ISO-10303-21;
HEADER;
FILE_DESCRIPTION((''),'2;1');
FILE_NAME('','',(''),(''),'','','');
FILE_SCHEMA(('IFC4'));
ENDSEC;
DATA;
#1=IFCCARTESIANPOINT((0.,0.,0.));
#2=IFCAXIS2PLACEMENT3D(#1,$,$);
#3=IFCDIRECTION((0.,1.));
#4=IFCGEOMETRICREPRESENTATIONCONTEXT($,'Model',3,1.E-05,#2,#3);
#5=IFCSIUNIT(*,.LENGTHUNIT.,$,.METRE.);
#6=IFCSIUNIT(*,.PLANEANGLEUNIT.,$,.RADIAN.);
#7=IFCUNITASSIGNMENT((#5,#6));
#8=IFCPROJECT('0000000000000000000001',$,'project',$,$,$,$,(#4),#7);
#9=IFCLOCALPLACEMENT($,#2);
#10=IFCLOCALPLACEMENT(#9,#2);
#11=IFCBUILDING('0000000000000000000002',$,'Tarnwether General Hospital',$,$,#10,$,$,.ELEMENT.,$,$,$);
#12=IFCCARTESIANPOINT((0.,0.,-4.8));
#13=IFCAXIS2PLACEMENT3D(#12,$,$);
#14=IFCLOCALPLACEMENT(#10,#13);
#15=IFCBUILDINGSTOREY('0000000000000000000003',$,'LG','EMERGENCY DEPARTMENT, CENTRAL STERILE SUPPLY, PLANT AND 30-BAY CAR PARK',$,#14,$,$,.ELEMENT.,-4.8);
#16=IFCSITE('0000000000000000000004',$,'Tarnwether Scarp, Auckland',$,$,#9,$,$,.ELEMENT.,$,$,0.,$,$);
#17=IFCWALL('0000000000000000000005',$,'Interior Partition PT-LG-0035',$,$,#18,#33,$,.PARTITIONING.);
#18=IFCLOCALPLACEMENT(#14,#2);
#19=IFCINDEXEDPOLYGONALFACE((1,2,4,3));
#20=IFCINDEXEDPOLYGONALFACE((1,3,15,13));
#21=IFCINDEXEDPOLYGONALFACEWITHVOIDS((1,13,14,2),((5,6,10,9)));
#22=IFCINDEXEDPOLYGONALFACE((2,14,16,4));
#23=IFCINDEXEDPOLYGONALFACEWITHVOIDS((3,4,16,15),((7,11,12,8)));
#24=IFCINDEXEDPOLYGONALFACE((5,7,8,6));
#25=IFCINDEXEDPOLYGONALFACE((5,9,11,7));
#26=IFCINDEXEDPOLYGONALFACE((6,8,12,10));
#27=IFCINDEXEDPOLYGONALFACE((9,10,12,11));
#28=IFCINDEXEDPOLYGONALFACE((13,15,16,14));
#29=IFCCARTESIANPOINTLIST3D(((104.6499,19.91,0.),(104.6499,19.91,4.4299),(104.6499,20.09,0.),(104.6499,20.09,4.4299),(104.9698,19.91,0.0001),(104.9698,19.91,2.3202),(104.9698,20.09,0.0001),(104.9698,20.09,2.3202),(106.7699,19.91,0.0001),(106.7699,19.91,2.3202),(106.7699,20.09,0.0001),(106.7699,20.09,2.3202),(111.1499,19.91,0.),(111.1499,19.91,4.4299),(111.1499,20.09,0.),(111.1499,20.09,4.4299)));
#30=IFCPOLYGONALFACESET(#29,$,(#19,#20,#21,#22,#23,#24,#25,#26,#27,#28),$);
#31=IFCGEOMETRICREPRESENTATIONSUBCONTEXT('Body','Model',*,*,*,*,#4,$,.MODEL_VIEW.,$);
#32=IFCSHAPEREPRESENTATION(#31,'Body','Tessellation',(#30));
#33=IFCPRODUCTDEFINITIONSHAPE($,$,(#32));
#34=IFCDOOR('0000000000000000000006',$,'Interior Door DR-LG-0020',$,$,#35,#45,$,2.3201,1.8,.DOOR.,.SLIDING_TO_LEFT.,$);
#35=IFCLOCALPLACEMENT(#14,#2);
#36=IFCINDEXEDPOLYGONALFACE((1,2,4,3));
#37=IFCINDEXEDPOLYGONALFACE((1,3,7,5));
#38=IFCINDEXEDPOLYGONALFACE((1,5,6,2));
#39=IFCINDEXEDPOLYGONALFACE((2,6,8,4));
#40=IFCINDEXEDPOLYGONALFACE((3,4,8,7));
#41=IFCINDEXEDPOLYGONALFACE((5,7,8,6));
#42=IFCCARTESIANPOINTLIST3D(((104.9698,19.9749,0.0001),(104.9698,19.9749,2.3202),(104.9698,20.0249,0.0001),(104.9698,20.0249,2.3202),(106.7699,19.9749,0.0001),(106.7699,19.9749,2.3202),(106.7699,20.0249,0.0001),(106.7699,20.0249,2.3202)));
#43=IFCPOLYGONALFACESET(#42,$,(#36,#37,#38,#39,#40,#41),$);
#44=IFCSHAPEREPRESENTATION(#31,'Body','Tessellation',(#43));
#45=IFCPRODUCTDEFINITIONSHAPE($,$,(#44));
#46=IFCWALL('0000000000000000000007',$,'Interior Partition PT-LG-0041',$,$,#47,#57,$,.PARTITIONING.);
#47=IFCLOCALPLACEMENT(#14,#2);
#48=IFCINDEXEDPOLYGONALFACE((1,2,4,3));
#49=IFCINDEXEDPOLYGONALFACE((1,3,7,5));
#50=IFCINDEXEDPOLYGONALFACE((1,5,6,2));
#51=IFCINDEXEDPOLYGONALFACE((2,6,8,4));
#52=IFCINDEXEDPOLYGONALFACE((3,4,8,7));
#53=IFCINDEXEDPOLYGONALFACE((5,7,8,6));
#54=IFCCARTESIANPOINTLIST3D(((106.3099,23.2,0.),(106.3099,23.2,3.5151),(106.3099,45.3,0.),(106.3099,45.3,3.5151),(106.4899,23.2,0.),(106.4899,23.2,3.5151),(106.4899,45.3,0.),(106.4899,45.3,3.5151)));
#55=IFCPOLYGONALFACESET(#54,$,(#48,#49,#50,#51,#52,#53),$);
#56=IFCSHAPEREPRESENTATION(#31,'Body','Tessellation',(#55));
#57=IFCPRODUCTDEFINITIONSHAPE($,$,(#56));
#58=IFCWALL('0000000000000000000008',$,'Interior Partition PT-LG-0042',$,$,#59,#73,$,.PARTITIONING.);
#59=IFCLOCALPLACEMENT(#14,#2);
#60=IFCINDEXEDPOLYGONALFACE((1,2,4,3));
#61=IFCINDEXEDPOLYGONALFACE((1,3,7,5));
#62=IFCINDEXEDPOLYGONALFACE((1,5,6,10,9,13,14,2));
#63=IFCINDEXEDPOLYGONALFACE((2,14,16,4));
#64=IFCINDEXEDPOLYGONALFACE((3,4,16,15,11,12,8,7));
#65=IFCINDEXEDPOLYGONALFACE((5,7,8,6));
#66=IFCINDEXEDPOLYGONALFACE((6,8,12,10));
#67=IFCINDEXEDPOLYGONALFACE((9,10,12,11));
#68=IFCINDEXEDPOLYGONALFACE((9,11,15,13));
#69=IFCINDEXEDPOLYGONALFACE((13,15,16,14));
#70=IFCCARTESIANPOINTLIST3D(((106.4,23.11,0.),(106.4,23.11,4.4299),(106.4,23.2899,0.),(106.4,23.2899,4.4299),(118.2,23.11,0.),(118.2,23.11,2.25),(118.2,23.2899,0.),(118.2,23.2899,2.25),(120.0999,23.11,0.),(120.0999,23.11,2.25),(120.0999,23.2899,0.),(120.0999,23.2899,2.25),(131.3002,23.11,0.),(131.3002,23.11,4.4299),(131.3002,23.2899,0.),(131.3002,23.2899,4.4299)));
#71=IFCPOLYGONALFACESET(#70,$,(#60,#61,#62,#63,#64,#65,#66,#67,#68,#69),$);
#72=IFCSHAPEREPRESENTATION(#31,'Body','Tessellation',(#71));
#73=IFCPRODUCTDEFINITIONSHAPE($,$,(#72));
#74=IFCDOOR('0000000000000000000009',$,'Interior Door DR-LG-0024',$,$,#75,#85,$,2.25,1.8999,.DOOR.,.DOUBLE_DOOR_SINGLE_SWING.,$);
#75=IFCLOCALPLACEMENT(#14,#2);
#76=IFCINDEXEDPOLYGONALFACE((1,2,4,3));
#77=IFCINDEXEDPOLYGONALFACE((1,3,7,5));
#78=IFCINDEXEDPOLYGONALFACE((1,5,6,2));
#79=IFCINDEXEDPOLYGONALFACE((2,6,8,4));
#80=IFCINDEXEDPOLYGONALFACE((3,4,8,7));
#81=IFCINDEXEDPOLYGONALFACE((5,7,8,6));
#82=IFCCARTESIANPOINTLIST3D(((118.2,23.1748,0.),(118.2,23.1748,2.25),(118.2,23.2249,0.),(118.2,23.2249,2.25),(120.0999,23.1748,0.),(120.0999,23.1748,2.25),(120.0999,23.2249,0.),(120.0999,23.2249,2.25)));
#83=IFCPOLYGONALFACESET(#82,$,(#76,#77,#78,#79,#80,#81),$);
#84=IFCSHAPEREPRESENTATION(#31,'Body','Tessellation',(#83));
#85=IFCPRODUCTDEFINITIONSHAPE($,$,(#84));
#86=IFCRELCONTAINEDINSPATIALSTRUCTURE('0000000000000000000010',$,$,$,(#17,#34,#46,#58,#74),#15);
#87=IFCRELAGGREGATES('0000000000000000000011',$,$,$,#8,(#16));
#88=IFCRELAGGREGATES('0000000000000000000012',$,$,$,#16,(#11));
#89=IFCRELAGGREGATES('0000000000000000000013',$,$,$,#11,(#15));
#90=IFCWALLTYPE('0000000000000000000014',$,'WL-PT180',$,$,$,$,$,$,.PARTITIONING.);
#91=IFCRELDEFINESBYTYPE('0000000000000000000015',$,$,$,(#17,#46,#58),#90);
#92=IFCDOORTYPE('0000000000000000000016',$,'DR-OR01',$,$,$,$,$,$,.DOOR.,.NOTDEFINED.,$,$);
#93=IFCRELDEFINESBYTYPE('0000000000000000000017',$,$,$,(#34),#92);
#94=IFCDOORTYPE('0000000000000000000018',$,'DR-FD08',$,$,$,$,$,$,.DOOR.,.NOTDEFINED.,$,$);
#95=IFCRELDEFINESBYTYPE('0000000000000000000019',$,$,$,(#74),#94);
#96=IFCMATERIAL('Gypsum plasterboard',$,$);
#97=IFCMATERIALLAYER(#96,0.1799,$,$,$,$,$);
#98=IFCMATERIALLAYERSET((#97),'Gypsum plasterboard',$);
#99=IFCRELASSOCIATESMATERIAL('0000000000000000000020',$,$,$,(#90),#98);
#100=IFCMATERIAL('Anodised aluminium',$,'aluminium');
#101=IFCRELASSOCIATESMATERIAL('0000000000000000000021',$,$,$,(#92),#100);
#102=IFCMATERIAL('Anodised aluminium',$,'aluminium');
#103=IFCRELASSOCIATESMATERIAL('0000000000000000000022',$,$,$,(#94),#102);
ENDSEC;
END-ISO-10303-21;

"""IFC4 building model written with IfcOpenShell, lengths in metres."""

from ifc_helpers import new_model, si_unit, direction, frame, frame_2d, origin, place, context, subcontext, project, spatial, rectangle, extrude, material, layer, layer_set, type_object, element, fill, save


model = new_model("IFC4")

# Units and contexts
model_context = context("Model", 3, precision=1e-05, world=origin(), true_north=direction((0.0, 1.0)))
body_context = subcontext(model_context, "Body", "Model", "MODEL_VIEW")
ifc_project = project(units=[si_unit("LENGTHUNIT", "METRE"), si_unit("PLANEANGLEUNIT", "RADIAN")], contexts=[model_context])

# Site, building, storey
site_placement = place(None, origin())
site = spatial("IfcSite", under=ifc_project, at=site_placement, Name="Tarnwether Scarp, Auckland", CompositionType="ELEMENT", RefElevation=0.0)
building_placement = place(site_placement, origin())
building = spatial("IfcBuilding", under=site, at=building_placement, Name="Tarnwether General Hospital", CompositionType="ELEMENT")
storey_placement = place(building_placement, frame((0.0, 0.0, -4.8)))
storey = spatial("IfcBuildingStorey", under=building, at=storey_placement, Name="LG", Description="EMERGENCY DEPARTMENT, CENTRAL STERILE SUPPLY, PLANT AND 30-BAY CAR PARK", CompositionType="ELEMENT", Elevation=-4.8)

# Wall, opening, door
ifc_material_1 = material(Name="Gypsum plasterboard")
ifc_layer = layer(ifc_material_1, 0.1799)
ifc_layer_set = layer_set([ifc_layer], Name="Gypsum plasterboard")
wall_type = type_object("IfcWallType", Name="WL-PT180", PredefinedType="PARTITIONING", material=ifc_layer_set)
wall_1_placement = place(storey_placement, frame((104.6499, 20.0, 0.0), z_axis=(0.0, 0.0, 1.0), x_axis=(1.0, 0.0, 0.0)))
wall_1 = element("IfcWall", 1, at=wall_1_placement, inside=storey, type_object=wall_type, Name="Interior Partition PT-LG-0035", PredefinedType="PARTITIONING", context=body_context, shape_type="SweptSolid", body=[
    extrude(rectangle(XDim=6.5, YDim=0.1799, at=frame_2d((3.25, 0.0))), origin(), (0.0, 0.0, 1.0), 4.4299),
])
opening_1_placement = place(wall_1_placement, frame((0.3201, 0.0, 0.0)))
opening_1 = element("IfcOpeningElement", 2, at=opening_1_placement, cuts=wall_1, PredefinedType="OPENING", context=body_context, shape_type="SweptSolid", body=[
    extrude(rectangle(XDim=1.8, YDim=2.3201, at=frame_2d((0.8999, 1.1602))), frame((0.0, 0.1001, 0.0), z_axis=(0.0, -1.0, 0.0), x_axis=(1.0, 0.0, 0.0)), (0.0, 0.0, 1.0), 0.2),
])
ifc_material_2 = material(Name="Anodised aluminium", Category="aluminium")
door_type_1 = type_object("IfcDoorType", Name="DR-OR01", OperationType="NOTDEFINED", PredefinedType="DOOR", material=ifc_material_2)
door_1_placement = place(opening_1_placement, origin())
door_1 = element("IfcDoor", 3, at=door_1_placement, inside=storey, type_object=door_type_1, Name="Interior Door DR-LG-0020", OperationType="SLIDING_TO_LEFT", OverallHeight=2.3201, OverallWidth=1.8, PredefinedType="DOOR", context=body_context, shape_type="SweptSolid", body=[
    extrude(rectangle(XDim=1.8, YDim=2.3201, at=frame_2d((0.8999, 1.1602))), frame((0.0, 0.0249, 0.0), z_axis=(0.0, -1.0, 0.0), x_axis=(1.0, 0.0, 0.0)), (0.0, 0.0, 1.0), 0.05),
])
fill(opening_1, door_1)

# Wall
wall_2_placement = place(storey_placement, frame((106.3999, 23.2, 0.0), z_axis=(0.0, 0.0, 1.0), x_axis=(0.0, 1.0, 0.0)))
element("IfcWall", 4, at=wall_2_placement, inside=storey, type_object=wall_type, Name="Interior Partition PT-LG-0041", PredefinedType="PARTITIONING", context=body_context, shape_type="SweptSolid", body=[
    extrude(rectangle(XDim=22.1001, YDim=0.1799, at=frame_2d((11.05, 0.0))), origin(), (0.0, 0.0, 1.0), 3.5151),
])

# Wall, opening, door
wall_3_placement = place(storey_placement, frame((106.3999, 23.2, 0.0), z_axis=(0.0, 0.0, 1.0), x_axis=(1.0, 0.0, 0.0)))
wall_3 = element("IfcWall", 5, at=wall_3_placement, inside=storey, type_object=wall_type, Name="Interior Partition PT-LG-0042", PredefinedType="PARTITIONING", context=body_context, shape_type="SweptSolid", body=[
    extrude(rectangle(XDim=24.9001, YDim=0.1799, at=frame_2d((12.4502, 0.0))), origin(), (0.0, 0.0, 1.0), 4.4299),
])
opening_2_placement = place(wall_3_placement, frame((11.8, 0.0, 0.0)))
opening_2 = element("IfcOpeningElement", 6, at=opening_2_placement, cuts=wall_3, PredefinedType="OPENING", context=body_context, shape_type="SweptSolid", body=[
    extrude(rectangle(XDim=1.8999, YDim=2.25, at=frame_2d((0.95, 1.125))), frame((0.0, 0.1001, 0.0), z_axis=(0.0, -1.0, 0.0), x_axis=(1.0, 0.0, 0.0)), (0.0, 0.0, 1.0), 0.2),
])
ifc_material_3 = material(Name="Anodised aluminium", Category="aluminium")
door_type_2 = type_object("IfcDoorType", Name="DR-FD08", OperationType="NOTDEFINED", PredefinedType="DOOR", material=ifc_material_3)
door_2_placement = place(opening_2_placement, origin())
door_2 = element("IfcDoor", 7, at=door_2_placement, inside=storey, type_object=door_type_2, Name="Interior Door DR-LG-0024", OperationType="DOUBLE_DOOR_SINGLE_SWING", OverallHeight=2.25, OverallWidth=1.8999, PredefinedType="DOOR", context=body_context, shape_type="SweptSolid", body=[
    extrude(rectangle(XDim=1.8999, YDim=2.25, at=frame_2d((0.95, 1.125))), frame((0.0, 0.0249, 0.0), z_axis=(0.0, -1.0, 0.0), x_axis=(1.0, 0.0, 0.0)), (0.0, 0.0, 1.0), 0.05),
])
fill(opening_2, door_2)

save(model, "model.ifc")
